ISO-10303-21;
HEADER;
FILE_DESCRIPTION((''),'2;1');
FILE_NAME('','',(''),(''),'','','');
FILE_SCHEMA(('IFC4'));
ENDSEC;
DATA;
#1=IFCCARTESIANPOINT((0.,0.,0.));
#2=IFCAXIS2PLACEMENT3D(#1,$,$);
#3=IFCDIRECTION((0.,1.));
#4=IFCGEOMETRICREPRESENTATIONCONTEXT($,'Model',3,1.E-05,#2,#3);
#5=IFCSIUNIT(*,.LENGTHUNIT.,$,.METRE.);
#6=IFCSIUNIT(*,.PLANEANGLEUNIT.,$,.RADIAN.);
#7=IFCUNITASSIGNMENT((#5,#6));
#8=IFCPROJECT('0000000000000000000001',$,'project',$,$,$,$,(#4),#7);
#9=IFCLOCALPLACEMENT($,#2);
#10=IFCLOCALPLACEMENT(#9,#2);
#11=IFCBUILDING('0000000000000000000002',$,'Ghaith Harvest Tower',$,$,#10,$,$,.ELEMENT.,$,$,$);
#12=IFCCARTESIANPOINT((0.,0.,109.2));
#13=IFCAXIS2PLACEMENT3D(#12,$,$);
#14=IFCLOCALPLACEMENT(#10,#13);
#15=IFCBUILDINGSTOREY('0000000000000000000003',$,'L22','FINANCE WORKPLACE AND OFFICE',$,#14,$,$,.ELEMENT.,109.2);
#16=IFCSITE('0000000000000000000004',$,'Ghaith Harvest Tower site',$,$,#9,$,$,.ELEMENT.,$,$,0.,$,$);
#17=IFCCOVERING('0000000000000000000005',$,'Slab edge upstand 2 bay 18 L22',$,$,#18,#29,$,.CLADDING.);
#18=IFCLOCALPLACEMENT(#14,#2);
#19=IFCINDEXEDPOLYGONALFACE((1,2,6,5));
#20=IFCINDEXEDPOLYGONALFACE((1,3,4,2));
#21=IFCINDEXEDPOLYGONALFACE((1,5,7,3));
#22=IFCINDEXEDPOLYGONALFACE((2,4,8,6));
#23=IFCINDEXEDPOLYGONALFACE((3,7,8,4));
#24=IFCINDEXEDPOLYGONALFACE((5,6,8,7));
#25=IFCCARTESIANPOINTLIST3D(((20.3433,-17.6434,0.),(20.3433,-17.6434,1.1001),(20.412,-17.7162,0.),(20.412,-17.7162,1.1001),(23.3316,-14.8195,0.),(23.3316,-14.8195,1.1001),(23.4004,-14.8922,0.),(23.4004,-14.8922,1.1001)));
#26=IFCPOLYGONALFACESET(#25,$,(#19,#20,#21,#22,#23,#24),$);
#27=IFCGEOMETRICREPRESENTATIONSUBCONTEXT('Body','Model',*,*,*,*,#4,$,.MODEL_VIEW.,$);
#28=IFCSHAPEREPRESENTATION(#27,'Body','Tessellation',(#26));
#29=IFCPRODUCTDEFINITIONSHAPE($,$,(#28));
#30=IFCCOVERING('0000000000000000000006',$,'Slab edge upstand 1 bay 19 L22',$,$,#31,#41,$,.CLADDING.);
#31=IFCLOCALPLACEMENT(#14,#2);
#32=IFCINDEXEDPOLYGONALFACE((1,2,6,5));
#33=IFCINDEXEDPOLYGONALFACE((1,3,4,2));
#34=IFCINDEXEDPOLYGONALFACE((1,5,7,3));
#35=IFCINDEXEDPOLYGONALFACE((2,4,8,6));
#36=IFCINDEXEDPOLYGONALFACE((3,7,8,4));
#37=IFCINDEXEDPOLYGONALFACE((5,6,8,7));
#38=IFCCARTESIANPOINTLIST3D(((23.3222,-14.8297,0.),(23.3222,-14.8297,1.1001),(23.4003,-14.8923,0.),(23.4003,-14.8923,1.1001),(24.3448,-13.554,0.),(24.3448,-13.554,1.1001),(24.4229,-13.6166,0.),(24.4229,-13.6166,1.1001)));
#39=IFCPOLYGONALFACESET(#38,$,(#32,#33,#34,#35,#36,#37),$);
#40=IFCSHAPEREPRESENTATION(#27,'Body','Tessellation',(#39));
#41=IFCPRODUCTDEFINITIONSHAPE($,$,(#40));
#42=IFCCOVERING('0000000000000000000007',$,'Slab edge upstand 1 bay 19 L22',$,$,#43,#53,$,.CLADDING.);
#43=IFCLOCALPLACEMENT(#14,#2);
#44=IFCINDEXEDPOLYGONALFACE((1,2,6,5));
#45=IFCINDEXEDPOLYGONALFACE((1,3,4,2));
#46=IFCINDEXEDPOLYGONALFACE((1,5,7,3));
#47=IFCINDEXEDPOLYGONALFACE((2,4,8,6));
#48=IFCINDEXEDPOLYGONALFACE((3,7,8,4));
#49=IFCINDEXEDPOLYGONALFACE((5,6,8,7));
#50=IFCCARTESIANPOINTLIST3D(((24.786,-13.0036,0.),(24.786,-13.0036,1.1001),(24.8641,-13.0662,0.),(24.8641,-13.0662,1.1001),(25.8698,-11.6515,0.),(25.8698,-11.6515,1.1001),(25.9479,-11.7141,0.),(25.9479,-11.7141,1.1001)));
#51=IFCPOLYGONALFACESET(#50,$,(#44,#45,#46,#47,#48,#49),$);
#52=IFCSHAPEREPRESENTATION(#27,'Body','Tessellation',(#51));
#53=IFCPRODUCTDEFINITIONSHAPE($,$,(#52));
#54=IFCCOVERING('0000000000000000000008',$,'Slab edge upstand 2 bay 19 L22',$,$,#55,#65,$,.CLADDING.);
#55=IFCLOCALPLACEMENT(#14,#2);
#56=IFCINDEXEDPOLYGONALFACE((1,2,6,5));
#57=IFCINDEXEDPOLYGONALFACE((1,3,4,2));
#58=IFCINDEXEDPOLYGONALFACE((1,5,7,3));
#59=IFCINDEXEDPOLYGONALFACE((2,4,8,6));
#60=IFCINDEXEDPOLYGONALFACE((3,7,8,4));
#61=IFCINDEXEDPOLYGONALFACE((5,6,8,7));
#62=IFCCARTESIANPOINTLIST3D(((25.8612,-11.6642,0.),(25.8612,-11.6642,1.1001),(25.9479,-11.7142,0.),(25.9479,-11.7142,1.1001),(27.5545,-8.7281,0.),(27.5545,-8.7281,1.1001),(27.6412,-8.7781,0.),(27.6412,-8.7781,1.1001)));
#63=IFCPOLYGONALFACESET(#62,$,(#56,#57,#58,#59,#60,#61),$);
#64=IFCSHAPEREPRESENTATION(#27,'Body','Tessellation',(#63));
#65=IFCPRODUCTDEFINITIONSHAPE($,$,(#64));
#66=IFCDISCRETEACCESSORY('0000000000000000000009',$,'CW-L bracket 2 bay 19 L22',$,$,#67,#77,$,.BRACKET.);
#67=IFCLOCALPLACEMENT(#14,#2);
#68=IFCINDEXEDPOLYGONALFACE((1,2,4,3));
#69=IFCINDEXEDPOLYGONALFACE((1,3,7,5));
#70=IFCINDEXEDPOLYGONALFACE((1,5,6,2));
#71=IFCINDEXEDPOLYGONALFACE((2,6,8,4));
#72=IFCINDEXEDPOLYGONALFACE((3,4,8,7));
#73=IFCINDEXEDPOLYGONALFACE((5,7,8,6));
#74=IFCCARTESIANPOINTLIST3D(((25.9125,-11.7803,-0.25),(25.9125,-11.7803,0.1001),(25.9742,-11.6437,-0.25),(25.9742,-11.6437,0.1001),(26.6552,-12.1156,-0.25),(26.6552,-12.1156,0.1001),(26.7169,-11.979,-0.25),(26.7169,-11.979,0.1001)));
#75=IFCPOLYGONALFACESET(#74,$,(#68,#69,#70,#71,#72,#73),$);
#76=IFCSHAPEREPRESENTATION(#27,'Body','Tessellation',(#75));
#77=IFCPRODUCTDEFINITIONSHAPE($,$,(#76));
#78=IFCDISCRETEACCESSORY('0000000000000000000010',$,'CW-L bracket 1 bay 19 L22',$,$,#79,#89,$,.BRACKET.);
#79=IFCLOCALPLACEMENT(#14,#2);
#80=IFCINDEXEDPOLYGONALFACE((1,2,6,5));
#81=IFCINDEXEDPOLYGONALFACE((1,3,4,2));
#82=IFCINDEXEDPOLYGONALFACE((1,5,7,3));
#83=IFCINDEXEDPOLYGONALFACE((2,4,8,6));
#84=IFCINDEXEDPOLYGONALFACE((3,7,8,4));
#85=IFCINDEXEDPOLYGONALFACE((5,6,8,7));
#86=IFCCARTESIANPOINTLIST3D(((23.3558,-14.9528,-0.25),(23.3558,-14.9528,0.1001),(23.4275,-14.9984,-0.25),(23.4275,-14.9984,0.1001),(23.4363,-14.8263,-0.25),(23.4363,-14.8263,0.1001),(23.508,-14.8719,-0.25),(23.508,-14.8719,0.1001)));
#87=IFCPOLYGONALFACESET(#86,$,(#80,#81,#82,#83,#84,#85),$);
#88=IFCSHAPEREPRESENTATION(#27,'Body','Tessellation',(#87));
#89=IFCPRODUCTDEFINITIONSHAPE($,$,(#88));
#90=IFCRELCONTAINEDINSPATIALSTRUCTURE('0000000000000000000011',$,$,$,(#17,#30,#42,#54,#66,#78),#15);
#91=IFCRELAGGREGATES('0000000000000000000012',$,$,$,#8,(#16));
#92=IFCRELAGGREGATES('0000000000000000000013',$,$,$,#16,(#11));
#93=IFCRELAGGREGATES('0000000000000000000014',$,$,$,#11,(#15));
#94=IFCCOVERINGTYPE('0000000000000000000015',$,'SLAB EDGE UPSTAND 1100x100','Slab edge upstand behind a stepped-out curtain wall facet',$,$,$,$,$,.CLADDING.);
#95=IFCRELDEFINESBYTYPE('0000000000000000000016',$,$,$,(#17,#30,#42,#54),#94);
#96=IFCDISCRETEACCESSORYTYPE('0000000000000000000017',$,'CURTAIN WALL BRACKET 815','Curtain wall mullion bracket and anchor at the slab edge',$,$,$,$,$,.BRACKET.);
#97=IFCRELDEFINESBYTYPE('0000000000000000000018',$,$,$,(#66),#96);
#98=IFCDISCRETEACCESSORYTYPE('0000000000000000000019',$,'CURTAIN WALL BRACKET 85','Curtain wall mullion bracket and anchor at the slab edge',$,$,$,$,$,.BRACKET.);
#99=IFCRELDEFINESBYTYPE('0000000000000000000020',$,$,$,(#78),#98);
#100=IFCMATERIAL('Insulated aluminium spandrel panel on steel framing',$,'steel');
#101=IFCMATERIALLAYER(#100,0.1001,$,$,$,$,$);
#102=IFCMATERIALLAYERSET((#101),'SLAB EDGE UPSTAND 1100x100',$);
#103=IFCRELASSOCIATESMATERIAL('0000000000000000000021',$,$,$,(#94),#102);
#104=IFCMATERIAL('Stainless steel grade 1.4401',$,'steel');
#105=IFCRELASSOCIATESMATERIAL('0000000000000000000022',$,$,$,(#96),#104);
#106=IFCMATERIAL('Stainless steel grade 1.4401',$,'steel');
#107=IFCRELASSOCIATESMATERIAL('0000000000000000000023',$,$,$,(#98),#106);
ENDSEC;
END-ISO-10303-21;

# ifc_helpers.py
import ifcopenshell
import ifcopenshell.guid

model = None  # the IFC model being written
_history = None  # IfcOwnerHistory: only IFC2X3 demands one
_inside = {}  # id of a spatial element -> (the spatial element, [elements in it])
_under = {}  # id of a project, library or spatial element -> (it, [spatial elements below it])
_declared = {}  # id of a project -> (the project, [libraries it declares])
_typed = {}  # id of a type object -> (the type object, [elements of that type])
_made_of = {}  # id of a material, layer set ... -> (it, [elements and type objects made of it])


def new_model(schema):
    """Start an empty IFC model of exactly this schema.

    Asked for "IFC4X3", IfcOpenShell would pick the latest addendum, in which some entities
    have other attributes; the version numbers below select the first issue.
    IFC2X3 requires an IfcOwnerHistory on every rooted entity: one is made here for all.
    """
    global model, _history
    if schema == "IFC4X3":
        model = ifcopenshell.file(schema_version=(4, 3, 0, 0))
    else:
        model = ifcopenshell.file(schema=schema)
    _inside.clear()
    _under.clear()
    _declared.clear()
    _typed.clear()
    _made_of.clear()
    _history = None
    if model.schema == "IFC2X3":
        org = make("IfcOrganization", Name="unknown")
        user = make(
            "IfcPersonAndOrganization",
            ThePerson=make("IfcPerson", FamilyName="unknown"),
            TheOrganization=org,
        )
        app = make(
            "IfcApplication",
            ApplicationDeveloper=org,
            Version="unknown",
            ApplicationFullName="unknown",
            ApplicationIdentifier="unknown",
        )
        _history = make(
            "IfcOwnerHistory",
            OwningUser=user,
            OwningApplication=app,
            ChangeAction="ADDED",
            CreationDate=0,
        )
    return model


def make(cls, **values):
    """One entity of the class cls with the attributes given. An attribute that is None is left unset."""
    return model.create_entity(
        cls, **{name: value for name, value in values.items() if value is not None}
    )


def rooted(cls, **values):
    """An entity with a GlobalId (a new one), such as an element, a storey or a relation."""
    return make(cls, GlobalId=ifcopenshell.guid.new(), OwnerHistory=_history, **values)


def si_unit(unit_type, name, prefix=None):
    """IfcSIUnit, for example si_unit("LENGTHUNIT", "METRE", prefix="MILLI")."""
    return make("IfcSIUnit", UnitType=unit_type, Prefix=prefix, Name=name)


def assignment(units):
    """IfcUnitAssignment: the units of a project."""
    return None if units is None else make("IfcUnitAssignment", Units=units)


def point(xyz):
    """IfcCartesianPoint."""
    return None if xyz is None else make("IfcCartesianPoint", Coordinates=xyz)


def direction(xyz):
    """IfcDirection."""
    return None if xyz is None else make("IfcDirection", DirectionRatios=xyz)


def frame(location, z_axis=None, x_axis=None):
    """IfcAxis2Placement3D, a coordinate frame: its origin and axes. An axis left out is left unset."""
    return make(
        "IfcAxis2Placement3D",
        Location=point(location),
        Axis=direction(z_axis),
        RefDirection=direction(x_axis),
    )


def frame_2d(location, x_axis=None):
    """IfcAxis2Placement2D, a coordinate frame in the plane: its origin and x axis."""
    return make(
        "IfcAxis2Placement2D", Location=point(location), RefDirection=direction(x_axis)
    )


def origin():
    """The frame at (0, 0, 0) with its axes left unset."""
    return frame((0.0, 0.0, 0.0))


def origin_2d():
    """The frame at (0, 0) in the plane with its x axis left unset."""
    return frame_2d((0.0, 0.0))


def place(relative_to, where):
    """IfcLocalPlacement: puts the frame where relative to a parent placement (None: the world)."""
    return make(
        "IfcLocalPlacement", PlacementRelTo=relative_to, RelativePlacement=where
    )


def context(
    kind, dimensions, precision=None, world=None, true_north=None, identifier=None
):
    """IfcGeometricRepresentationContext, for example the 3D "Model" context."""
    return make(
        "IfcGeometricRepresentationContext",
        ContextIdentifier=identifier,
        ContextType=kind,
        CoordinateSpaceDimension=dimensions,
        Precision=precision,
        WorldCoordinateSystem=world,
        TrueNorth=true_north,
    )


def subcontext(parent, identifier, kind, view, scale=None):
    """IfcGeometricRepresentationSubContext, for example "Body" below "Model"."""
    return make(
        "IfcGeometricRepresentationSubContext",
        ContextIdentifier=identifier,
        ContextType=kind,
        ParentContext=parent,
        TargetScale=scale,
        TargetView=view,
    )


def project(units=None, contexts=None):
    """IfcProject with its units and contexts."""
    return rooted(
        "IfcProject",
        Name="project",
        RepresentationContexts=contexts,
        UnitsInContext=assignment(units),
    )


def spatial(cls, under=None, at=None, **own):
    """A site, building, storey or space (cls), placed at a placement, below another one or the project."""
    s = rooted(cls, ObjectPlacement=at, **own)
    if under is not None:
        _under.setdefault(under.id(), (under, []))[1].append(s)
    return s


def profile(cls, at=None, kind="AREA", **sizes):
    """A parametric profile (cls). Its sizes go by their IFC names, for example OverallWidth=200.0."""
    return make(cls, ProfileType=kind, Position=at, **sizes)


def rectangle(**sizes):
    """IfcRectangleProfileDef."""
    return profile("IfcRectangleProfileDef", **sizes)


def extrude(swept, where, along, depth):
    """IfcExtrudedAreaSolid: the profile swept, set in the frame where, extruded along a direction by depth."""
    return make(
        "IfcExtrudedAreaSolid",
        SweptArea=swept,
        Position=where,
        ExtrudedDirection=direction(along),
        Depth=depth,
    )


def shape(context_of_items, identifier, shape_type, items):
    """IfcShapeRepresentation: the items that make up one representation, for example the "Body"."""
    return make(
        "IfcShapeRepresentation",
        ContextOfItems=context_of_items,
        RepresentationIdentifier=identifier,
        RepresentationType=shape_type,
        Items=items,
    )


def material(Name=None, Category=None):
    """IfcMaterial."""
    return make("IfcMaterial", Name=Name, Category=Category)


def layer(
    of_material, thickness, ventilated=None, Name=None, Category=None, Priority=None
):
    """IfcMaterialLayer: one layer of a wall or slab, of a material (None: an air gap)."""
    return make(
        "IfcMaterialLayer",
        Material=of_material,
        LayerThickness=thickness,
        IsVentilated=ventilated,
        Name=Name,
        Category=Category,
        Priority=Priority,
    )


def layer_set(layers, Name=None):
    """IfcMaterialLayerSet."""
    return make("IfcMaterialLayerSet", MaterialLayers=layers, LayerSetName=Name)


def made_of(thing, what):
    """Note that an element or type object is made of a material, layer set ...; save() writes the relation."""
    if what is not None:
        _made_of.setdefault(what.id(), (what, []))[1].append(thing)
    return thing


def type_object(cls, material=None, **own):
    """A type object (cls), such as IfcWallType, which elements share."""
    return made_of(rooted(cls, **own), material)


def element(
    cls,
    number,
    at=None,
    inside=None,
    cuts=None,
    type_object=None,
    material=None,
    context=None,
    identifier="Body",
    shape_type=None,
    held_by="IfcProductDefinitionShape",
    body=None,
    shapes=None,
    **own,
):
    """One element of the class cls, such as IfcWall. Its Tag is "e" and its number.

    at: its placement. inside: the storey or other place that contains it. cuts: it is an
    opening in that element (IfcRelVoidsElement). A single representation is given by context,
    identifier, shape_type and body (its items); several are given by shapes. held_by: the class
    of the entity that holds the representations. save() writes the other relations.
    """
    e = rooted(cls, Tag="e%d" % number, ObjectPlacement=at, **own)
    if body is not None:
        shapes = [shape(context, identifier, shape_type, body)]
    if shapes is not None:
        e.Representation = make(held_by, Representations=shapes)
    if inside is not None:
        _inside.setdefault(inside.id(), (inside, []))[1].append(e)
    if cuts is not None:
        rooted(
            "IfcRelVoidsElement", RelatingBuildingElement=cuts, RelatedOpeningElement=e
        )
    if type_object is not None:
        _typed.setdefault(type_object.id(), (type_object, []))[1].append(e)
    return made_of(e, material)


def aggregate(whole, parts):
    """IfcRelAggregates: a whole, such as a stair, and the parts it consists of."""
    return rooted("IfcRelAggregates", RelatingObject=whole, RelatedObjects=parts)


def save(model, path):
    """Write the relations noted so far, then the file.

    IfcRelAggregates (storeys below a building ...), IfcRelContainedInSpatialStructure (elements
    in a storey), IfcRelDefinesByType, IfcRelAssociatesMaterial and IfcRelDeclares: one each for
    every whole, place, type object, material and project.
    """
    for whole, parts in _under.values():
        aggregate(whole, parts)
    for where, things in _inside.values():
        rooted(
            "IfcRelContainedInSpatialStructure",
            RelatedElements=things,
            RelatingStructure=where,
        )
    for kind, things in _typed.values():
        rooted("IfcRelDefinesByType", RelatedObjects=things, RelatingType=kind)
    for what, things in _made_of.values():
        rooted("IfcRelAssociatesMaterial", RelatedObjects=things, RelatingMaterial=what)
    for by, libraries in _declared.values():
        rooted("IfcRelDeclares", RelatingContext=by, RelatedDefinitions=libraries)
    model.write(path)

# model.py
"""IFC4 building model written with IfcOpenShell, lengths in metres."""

from ifc_helpers import new_model, si_unit, direction, frame, origin, origin_2d, place, context, subcontext, project, spatial, rectangle, extrude, material, layer, layer_set, type_object, element, save


model = new_model("IFC4")

# Units and contexts
model_context = context("Model", 3, precision=1e-05, world=origin(), true_north=direction((0.0, 1.0)))
body_context = subcontext(model_context, "Body", "Model", "MODEL_VIEW")
ifc_project = project(units=[si_unit("LENGTHUNIT", "METRE"), si_unit("PLANEANGLEUNIT", "RADIAN")], contexts=[model_context])

# Site, building, storey
site_placement = place(None, origin())
site = spatial("IfcSite", under=ifc_project, at=site_placement, Name="Ghaith Harvest Tower site", CompositionType="ELEMENT", RefElevation=0.0)
building_placement = place(site_placement, origin())
building = spatial("IfcBuilding", under=site, at=building_placement, Name="Ghaith Harvest Tower", CompositionType="ELEMENT")
storey_placement = place(building_placement, frame((0.0, 0.0, 109.2)))
storey = spatial("IfcBuildingStorey", under=building, at=storey_placement, Name="L22", Description="FINANCE WORKPLACE AND OFFICE", CompositionType="ELEMENT", Elevation=109.2)

# Coverings
ifc_material_1 = material(Name="Insulated aluminium spandrel panel on steel framing", Category="steel")
ifc_layer_1 = layer(ifc_material_1, 0.1001)
ifc_layer_set_1 = layer_set([ifc_layer_1], Name="SLAB EDGE UPSTAND 1100x100")
covering_type = type_object("IfcCoveringType", Name="SLAB EDGE UPSTAND 1100x100", Description="Slab edge upstand behind a stepped-out curtain wall facet", PredefinedType="CLADDING", material=ifc_layer_set_1)
covering_1_placement = place(storey_placement, frame((21.8718, -16.2678, 0.0), z_axis=(0.0, 0.0, 1.0), x_axis=(0.72681, 0.686839, 0.0)))
element("IfcCovering", 1, at=covering_1_placement, inside=storey, type_object=covering_type, Name="Slab edge upstand 2 bay 18 L22", PredefinedType="CLADDING", context=body_context, shape_type="SweptSolid", body=[
    extrude(rectangle(XDim=4.1116, YDim=0.1001, at=origin_2d()), origin(), (0.0, 0.0, 1.0), 1.1001),
])
covering_2_placement = place(storey_placement, frame((23.8726, -14.2231, 0.0), z_axis=(0.0, 0.0, 1.0), x_axis=(0.625468, 0.78025, 0.0)))
element("IfcCovering", 2, at=covering_2_placement, inside=storey, type_object=covering_type, Name="Slab edge upstand 1 bay 19 L22", PredefinedType="CLADDING", context=body_context, shape_type="SweptSolid", body=[
    extrude(rectangle(XDim=1.635, YDim=0.1001, at=origin_2d()), origin(), (0.0, 0.0, 1.0), 1.1001),
])
covering_3_placement = place(storey_placement, frame((25.3669, -12.3589, 0.0), z_axis=(0.0, 0.0, 1.0), x_axis=(0.625468, 0.78025, 0.0)))
element("IfcCovering", 3, at=covering_3_placement, inside=storey, type_object=covering_type, Name="Slab edge upstand 1 bay 19 L22", PredefinedType="CLADDING", context=body_context, shape_type="SweptSolid", body=[
    extrude(rectangle(XDim=1.7329, YDim=0.1001, at=origin_2d()), origin(), (0.0, 0.0, 1.0), 1.1001),
])
covering_4_placement = place(storey_placement, frame((26.7512, -10.2212, 0.0), z_axis=(0.0, 0.0, 1.0), x_axis=(0.499596, 0.866258, 0.0)))
element("IfcCovering", 4, at=covering_4_placement, inside=storey, type_object=covering_type, Name="Slab edge upstand 2 bay 19 L22", PredefinedType="CLADDING", context=body_context, shape_type="SweptSolid", body=[
    extrude(rectangle(XDim=3.3894, YDim=0.1001, at=origin_2d()), origin(), (0.0, 0.0, 1.0), 1.1001),
])

# Discrete accessories
ifc_material_2 = material(Name="Stainless steel grade 1.4401", Category="steel")
discrete_accessory_type_1 = type_object("IfcDiscreteAccessoryType", Name="CURTAIN WALL BRACKET 815", Description="Curtain wall mullion bracket and anchor at the slab edge", PredefinedType="BRACKET", material=ifc_material_2)
discrete_accessory_1_placement = place(storey_placement, frame((26.3147, -11.8796, -0.25), z_axis=(0.0, 0.0, 1.0), x_axis=(0.911427, -0.411462, 0.0)))
element("IfcDiscreteAccessory", 5, at=discrete_accessory_1_placement, inside=storey, type_object=discrete_accessory_type_1, Name="CW-L bracket 2 bay 19 L22", PredefinedType="BRACKET", context=body_context, shape_type="SweptSolid", body=[
    extrude(rectangle(XDim=0.8149, YDim=0.1499, at=origin_2d()), origin(), (0.0, 0.0, 1.0), 0.3501),
])
ifc_material_3 = material(Name="Stainless steel grade 1.4401", Category="steel")
discrete_accessory_type_2 = type_object("IfcDiscreteAccessoryType", Name="CURTAIN WALL BRACKET 85", Description="Curtain wall mullion bracket and anchor at the slab edge", PredefinedType="BRACKET", material=ifc_material_3)
discrete_accessory_2_placement = place(storey_placement, frame((23.4319, -14.9124, -0.25), z_axis=(0.0, 0.0, 1.0), x_axis=(0.843644, -0.536903, 0.0)))
element("IfcDiscreteAccessory", 6, at=discrete_accessory_2_placement, inside=storey, type_object=discrete_accessory_type_2, Name="CW-L bracket 1 bay 19 L22", PredefinedType="BRACKET", context=body_context, shape_type="SweptSolid", body=[
    extrude(rectangle(XDim=0.085, YDim=0.1499, at=origin_2d()), origin(), (0.0, 0.0, 1.0), 0.3501),
])

save(model, "model.ifc")
